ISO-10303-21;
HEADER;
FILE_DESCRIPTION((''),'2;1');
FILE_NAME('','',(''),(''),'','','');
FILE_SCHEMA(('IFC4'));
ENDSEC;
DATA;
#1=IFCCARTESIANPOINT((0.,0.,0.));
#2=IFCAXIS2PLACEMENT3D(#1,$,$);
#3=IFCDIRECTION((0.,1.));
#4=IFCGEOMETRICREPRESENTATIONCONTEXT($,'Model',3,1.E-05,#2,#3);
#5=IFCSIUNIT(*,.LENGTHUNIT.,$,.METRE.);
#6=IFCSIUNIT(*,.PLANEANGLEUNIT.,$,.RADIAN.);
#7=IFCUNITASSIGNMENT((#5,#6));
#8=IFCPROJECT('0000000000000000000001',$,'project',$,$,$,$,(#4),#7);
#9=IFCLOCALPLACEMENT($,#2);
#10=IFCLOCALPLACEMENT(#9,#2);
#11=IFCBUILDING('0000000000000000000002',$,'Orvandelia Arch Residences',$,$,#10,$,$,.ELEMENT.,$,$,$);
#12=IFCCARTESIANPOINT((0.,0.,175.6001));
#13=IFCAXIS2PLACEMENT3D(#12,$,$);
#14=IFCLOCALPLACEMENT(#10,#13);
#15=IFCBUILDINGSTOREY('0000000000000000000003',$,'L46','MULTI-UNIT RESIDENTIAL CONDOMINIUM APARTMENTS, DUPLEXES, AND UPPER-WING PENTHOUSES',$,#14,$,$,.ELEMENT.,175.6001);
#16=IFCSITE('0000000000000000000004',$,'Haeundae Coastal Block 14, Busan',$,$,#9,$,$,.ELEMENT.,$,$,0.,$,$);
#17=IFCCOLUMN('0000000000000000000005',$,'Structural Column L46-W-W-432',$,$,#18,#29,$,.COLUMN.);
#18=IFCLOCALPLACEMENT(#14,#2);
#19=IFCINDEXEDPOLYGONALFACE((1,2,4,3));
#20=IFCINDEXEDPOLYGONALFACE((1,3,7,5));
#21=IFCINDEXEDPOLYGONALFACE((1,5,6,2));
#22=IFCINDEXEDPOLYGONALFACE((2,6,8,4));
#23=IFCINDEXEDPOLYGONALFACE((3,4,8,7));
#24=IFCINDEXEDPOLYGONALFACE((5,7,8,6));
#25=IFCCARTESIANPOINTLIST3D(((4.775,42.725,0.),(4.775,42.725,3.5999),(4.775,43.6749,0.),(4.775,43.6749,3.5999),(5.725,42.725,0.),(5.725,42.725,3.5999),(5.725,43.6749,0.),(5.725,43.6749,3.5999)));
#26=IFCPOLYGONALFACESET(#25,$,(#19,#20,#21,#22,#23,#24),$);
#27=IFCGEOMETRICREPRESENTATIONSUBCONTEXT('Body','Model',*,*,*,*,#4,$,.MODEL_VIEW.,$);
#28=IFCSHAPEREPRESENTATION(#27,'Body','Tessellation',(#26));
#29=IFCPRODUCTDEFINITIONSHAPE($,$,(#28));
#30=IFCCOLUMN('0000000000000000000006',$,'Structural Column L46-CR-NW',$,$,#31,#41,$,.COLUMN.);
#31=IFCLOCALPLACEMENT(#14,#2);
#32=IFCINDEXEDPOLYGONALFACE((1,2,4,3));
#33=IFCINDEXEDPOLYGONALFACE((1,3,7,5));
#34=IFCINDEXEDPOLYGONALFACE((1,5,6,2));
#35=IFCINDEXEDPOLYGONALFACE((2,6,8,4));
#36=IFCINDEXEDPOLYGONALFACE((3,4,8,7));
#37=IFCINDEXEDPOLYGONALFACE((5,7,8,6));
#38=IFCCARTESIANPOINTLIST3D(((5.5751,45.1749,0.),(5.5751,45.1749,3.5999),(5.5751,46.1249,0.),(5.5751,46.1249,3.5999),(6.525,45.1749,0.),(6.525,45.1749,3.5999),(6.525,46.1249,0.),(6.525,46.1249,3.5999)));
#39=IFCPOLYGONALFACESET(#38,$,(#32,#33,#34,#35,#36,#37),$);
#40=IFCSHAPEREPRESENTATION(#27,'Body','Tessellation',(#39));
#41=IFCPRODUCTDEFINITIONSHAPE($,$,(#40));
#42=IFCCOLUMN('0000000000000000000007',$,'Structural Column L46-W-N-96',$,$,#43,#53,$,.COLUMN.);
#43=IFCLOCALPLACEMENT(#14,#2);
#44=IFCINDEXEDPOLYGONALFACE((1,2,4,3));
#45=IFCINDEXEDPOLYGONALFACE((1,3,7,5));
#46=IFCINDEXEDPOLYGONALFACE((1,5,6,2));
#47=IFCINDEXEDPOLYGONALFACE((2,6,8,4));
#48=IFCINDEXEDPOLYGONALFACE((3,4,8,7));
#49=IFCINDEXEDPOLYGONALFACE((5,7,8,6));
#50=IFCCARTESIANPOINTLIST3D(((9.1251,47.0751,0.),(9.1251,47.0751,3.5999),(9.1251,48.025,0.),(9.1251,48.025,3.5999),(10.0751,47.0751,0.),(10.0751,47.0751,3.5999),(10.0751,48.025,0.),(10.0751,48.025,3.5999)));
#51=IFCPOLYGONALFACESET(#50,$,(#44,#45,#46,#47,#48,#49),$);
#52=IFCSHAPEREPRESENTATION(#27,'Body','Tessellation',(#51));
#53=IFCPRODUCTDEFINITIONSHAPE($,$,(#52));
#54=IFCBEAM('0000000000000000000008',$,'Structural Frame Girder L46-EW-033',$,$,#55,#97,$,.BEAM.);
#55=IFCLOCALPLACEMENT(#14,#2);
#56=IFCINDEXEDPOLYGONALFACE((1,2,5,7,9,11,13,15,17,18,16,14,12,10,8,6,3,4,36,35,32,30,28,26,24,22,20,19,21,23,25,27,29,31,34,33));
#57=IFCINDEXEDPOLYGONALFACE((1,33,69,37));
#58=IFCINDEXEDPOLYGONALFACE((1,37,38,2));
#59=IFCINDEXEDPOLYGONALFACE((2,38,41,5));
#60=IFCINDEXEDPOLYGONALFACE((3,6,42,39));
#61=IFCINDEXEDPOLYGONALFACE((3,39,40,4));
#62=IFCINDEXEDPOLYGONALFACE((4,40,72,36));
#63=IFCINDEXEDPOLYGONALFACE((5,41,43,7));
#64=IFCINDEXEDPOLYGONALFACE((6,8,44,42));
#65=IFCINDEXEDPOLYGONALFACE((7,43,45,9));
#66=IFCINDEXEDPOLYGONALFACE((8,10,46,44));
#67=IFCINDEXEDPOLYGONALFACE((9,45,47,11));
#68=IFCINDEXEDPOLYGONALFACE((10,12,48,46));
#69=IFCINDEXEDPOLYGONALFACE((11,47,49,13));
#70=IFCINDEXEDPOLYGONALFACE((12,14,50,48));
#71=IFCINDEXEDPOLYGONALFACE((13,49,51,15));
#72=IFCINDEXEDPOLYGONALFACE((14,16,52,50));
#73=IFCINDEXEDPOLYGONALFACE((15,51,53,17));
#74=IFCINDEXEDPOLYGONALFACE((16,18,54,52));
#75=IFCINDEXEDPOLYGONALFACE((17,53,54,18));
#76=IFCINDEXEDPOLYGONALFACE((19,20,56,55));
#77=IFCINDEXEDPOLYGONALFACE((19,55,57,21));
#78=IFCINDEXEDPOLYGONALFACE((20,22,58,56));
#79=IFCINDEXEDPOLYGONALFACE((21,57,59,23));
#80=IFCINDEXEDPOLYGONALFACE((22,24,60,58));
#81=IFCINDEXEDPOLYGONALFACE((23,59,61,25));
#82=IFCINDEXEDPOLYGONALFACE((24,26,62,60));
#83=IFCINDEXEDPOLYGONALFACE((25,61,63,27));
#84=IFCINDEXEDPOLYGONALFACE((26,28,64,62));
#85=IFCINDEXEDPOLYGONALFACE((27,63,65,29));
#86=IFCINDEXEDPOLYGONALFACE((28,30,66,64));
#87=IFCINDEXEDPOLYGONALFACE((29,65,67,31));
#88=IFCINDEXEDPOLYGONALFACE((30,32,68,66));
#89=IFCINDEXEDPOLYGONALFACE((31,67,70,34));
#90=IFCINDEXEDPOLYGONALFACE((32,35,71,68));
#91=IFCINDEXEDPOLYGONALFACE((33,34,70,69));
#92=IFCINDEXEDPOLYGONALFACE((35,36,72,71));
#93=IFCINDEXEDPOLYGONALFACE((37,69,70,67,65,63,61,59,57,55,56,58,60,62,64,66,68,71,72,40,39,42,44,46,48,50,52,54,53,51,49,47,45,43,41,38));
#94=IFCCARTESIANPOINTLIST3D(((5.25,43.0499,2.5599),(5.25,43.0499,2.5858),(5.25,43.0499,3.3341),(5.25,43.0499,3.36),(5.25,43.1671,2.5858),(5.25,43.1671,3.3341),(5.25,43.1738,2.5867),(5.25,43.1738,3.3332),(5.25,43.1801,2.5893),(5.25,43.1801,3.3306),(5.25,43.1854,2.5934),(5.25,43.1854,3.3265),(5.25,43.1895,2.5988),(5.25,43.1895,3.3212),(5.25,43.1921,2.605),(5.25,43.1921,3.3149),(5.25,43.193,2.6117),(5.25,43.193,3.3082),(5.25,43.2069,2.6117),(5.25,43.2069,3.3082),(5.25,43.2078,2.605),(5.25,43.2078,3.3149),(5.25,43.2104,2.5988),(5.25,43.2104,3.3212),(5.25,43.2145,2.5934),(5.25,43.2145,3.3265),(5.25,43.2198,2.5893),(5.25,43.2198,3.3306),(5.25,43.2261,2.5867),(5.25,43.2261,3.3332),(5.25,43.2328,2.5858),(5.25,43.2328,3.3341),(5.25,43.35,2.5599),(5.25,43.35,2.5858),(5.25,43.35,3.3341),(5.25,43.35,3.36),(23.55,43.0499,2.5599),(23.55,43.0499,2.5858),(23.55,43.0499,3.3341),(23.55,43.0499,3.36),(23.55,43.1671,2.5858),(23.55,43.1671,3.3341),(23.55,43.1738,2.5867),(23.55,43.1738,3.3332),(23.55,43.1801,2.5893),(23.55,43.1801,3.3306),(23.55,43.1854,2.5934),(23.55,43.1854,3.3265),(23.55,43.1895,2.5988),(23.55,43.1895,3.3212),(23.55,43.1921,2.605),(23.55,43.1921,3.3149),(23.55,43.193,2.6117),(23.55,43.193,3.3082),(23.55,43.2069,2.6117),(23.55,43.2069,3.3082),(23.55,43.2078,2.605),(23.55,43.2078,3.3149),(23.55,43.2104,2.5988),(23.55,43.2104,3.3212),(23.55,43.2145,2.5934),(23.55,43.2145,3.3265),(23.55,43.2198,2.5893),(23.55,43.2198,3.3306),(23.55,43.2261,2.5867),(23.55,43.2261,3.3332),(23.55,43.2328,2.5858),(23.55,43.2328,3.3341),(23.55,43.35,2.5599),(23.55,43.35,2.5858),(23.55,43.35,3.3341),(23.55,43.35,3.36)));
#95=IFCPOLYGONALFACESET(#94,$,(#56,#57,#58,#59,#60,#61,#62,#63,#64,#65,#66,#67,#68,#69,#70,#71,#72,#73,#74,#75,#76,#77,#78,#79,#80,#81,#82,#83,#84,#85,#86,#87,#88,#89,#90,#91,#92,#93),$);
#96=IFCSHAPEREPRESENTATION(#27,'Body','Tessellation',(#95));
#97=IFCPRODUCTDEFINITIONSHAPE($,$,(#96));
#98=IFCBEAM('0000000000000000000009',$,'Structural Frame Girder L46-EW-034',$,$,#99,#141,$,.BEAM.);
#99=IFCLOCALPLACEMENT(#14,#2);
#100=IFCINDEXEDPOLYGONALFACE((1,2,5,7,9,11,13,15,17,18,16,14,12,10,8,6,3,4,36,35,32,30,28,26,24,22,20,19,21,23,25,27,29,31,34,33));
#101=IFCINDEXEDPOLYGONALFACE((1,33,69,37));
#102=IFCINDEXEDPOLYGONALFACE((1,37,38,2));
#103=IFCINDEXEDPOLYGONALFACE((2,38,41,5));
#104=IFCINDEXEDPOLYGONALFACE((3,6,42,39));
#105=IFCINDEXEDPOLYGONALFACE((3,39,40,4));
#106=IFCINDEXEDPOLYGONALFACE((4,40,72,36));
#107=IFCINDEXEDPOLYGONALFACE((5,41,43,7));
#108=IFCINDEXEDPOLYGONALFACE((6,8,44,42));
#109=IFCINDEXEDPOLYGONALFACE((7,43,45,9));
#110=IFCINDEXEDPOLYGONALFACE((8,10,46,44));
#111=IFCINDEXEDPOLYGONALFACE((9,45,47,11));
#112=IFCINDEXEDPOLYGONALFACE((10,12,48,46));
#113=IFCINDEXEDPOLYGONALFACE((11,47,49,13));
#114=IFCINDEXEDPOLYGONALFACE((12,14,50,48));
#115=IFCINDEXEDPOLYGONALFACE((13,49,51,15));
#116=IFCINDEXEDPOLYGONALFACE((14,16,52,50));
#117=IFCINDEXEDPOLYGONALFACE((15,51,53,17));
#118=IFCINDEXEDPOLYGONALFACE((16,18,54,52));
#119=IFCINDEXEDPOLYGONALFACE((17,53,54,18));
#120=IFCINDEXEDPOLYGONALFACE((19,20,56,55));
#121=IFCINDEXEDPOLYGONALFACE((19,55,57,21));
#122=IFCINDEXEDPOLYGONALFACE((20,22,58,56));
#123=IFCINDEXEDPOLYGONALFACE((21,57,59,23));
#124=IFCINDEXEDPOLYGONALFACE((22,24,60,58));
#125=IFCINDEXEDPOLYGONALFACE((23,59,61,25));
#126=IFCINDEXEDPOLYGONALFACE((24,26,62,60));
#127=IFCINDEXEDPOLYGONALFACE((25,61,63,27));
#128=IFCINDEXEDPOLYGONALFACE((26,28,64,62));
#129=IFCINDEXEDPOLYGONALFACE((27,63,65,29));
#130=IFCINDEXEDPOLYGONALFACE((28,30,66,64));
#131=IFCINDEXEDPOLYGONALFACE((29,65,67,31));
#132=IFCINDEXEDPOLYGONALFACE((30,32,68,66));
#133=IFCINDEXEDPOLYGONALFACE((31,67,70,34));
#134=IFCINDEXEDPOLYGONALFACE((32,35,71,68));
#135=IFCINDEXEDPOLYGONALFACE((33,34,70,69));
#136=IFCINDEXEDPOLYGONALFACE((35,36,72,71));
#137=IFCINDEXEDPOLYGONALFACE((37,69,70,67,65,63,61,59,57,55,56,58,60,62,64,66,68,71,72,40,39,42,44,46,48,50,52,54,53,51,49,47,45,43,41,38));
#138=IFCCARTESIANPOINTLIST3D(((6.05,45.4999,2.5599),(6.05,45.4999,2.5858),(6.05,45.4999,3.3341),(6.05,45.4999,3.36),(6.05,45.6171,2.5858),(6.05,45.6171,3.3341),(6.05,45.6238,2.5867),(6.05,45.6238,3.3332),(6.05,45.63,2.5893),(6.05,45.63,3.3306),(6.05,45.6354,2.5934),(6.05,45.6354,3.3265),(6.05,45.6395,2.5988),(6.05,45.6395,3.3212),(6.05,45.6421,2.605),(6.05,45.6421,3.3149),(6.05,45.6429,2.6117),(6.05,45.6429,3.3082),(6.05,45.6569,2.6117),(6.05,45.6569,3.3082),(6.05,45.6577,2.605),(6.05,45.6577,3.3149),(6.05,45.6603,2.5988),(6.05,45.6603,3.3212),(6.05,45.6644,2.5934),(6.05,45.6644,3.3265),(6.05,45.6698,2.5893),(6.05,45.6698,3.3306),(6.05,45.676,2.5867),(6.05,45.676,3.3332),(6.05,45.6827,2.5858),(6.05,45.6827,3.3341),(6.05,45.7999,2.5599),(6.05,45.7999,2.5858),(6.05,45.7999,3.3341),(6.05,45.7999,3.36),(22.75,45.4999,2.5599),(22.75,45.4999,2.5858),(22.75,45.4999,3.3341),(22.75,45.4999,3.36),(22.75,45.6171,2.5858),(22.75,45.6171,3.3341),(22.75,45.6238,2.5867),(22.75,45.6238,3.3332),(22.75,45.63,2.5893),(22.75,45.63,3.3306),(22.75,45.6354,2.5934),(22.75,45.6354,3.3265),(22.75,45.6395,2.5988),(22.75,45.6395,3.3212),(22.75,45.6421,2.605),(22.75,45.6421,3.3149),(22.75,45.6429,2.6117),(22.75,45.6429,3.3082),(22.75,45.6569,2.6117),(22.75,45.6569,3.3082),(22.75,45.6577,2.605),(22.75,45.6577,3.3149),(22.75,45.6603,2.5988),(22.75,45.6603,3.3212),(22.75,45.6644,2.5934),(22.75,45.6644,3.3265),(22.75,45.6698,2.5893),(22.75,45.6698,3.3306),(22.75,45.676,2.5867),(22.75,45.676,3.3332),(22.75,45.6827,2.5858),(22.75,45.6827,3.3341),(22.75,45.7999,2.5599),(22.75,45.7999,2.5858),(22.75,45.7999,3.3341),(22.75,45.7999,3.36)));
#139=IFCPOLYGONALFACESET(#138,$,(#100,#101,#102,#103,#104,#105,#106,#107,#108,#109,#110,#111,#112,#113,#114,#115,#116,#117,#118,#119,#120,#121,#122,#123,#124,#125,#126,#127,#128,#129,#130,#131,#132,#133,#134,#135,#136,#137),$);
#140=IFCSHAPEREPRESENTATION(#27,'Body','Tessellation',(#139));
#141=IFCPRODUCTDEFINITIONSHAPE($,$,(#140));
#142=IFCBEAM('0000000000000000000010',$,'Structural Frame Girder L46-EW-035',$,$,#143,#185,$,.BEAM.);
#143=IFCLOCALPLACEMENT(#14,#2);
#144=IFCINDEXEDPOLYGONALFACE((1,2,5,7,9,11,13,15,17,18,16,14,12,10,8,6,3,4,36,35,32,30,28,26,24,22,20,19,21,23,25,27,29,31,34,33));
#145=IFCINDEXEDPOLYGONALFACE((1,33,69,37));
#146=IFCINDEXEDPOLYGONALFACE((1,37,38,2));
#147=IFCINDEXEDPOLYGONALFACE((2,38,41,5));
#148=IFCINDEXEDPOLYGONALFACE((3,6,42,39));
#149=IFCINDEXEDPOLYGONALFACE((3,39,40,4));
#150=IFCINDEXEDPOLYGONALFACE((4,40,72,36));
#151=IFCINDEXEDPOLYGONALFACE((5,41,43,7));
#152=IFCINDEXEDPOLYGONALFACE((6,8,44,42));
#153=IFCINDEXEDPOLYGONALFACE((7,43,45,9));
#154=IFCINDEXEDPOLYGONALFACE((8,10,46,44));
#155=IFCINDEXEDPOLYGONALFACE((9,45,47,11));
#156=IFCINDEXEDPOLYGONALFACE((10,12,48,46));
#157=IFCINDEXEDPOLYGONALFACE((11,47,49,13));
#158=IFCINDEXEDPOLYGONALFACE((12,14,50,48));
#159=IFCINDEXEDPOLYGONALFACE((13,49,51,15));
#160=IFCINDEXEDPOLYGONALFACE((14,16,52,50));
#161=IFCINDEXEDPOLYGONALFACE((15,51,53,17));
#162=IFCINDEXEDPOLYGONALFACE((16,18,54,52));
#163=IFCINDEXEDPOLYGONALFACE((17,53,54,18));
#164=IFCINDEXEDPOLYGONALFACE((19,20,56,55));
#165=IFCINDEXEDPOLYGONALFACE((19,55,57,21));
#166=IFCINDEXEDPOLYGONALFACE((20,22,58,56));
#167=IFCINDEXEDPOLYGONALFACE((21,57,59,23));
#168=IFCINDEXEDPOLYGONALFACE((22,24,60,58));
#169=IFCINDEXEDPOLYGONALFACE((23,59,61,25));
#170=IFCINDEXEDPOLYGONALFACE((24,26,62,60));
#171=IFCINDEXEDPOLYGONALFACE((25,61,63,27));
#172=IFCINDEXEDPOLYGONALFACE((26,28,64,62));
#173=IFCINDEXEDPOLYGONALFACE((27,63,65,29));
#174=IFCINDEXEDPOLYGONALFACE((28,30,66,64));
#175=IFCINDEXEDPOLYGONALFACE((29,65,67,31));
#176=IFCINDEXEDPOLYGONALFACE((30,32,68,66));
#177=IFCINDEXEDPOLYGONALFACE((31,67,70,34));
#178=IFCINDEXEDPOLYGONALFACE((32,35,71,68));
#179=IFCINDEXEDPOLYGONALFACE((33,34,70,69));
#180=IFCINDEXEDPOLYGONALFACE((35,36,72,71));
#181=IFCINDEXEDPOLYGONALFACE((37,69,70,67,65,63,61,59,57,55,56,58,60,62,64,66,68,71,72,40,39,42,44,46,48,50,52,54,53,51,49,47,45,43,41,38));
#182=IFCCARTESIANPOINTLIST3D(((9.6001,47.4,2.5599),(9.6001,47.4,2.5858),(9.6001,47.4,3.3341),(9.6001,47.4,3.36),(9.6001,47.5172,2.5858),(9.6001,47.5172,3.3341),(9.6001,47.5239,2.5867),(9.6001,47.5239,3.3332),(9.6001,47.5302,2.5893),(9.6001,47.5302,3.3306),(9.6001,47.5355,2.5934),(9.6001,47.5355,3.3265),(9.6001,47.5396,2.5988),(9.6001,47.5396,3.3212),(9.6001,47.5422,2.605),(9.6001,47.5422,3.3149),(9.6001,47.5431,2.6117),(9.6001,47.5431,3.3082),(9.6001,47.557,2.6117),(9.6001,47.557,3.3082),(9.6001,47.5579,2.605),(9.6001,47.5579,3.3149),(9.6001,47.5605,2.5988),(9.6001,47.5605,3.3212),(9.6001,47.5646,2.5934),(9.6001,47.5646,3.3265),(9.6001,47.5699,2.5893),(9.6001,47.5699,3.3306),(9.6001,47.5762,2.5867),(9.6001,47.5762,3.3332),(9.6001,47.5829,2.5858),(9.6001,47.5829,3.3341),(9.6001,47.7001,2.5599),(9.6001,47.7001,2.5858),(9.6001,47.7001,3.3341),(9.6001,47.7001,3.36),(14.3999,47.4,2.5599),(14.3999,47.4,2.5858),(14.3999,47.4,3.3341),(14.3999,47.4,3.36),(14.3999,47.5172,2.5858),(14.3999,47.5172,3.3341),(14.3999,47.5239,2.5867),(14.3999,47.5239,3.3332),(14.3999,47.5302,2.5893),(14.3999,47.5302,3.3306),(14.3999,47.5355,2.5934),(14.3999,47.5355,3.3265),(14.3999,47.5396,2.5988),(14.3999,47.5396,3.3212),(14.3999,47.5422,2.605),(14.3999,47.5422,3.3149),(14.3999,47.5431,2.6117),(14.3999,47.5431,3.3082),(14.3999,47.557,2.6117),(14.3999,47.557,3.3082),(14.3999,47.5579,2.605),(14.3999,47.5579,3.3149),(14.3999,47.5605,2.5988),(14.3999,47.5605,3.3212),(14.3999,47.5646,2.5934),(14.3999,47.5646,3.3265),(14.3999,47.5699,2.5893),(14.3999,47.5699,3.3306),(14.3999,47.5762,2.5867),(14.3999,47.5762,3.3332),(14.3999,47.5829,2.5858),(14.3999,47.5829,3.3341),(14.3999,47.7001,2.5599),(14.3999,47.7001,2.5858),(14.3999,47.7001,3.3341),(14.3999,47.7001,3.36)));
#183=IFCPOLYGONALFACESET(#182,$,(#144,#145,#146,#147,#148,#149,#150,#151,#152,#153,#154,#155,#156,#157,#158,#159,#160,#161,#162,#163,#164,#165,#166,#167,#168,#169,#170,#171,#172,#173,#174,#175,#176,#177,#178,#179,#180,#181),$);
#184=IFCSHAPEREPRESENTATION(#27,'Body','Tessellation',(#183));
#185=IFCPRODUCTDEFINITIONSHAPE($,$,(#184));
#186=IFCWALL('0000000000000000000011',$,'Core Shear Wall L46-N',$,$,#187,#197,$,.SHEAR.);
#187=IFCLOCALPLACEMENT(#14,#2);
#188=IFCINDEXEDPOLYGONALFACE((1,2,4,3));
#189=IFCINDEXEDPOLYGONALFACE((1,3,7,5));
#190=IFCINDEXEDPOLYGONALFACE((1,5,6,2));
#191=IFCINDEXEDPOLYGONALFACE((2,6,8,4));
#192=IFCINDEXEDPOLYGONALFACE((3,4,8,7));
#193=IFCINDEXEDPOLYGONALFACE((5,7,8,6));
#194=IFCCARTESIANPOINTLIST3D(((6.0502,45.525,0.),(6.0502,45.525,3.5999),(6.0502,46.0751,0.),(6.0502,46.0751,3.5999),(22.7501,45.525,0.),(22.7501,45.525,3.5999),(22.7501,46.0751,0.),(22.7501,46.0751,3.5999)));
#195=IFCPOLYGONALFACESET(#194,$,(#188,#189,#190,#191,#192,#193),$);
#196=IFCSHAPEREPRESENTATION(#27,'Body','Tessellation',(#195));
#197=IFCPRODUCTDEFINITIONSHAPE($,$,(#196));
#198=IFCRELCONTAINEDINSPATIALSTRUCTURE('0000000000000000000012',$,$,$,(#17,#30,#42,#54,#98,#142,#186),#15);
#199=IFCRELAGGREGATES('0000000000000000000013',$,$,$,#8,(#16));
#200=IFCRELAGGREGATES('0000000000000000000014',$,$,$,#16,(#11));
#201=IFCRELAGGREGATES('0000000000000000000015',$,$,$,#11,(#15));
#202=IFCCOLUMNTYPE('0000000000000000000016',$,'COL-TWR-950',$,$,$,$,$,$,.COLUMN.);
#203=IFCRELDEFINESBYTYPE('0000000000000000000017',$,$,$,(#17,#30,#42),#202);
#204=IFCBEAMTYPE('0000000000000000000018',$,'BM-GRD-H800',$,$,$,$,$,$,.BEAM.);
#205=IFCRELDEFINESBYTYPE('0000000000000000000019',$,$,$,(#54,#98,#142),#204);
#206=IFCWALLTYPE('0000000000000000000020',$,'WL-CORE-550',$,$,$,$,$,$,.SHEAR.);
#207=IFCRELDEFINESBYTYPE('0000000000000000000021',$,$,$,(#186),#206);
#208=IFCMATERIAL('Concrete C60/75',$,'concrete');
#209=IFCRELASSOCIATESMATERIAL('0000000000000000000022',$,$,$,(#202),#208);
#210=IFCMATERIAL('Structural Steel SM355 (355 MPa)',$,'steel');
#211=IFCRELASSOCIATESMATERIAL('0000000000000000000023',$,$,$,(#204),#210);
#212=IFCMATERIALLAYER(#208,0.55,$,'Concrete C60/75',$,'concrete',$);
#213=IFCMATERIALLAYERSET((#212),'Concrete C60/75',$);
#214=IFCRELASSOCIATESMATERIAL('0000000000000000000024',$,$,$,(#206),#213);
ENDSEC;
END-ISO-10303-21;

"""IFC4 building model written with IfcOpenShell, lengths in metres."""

from ifc_helpers import new_model, si_unit, direction, frame, frame_2d, origin, origin_2d, place, context, subcontext, project, spatial, rectangle, i_section, extrude, material, layer, layer_set, material_profile, profile_set, type_object, element, save


model = new_model("IFC4")

# Units and contexts
model_context = context("Model", 3, precision=1e-05, world=origin(), true_north=direction((0.0, 1.0)))
body_context = subcontext(model_context, "Body", "Model", "MODEL_VIEW")
ifc_project = project(units=[si_unit("LENGTHUNIT", "METRE"), si_unit("PLANEANGLEUNIT", "RADIAN")], contexts=[model_context])

# Site, building, storey
site_placement = place(None, origin())
site = spatial("IfcSite", under=ifc_project, at=site_placement, Name="Haeundae Coastal Block 14, Busan", CompositionType="ELEMENT", RefElevation=0.0)
building_placement = place(site_placement, origin())
building = spatial("IfcBuilding", under=site, at=building_placement, Name="Orvandelia Arch Residences", CompositionType="ELEMENT")
storey_placement = place(building_placement, frame((0.0, 0.0, 175.6001)))
storey = spatial("IfcBuildingStorey", under=building, at=storey_placement, Name="L46", Description="MULTI-UNIT RESIDENTIAL CONDOMINIUM APARTMENTS, DUPLEXES, AND UPPER-WING PENTHOUSES", CompositionType="ELEMENT", Elevation=175.6001)

# Columns
ifc_material_1 = material(Name="Concrete C60/75", Category="concrete")
ifc_material_profile_1 = material_profile(ifc_material_1, rectangle(XDim=0.95, YDim=0.95, at=origin_2d()), Name="Concrete C60/75", Category="concrete")
ifc_profile_set_1 = profile_set([ifc_material_profile_1], Name="Concrete C60/75")
column_type = type_object("IfcColumnType", Name="COL-TWR-950", PredefinedType="COLUMN", material=ifc_profile_set_1)
for number, where, z_axis, x_axis, name in (
    (1, (5.25, 43.2, 0.0), (0.0, 0.0, 1.0), (1.0, 0.0, 0.0), "Structural Column L46-W-W-432"),
    (2, (6.05, 45.6499, 0.0), (0.0, 0.0, 1.0), (1.0, 0.0, 0.0), "Structural Column L46-CR-NW"),
    (3, (9.6001, 47.55, 0.0), (0.0, 0.0, 1.0), (1.0, 0.0, 0.0), "Structural Column L46-W-N-96"),
):
    element("IfcColumn", number, at=place(storey_placement, frame(where, z_axis=z_axis, x_axis=x_axis)), inside=storey, type_object=column_type, Name=name, PredefinedType="COLUMN", context=body_context, shape_type="SweptSolid", body=[
        extrude(rectangle(XDim=0.95, YDim=0.95, at=origin_2d()), origin(), (0.0, 0.0, 1.0), 3.5999),
    ])

# Beams
ifc_material_2 = material(Name="Structural Steel SM355 (355 MPa)", Category="steel")
ifc_material_profile_2 = material_profile(ifc_material_2, i_section(OverallWidth=0.3, OverallDepth=0.8, WebThickness=0.0139, FlangeThickness=0.0259, FilletRadius=0.0259, at=origin_2d()), Name="Structural Steel SM355 (355 MPa)", Category="steel")
ifc_profile_set_2 = profile_set([ifc_material_profile_2], Name="Structural Steel SM355 (355 MPa)")
beam_type = type_object("IfcBeamType", Name="BM-GRD-H800", PredefinedType="BEAM", material=ifc_profile_set_2)
beam_1_placement = place(storey_placement, frame((5.25, 43.2, 2.96), z_axis=(1.0, 0.0, 0.0), x_axis=(0.0, 1.0, 0.0)))
element("IfcBeam", 4, at=beam_1_placement, inside=storey, type_object=beam_type, Name="Structural Frame Girder L46-EW-033", PredefinedType="BEAM", context=body_context, shape_type="SweptSolid", body=[
    extrude(i_section(OverallWidth=0.3, OverallDepth=0.8, WebThickness=0.0139, FlangeThickness=0.0259, FilletRadius=0.0259, at=origin_2d()), origin(), (0.0, 0.0, 1.0), 18.3),
])
beam_2_placement = place(storey_placement, frame((6.05, 45.6499, 2.96), z_axis=(1.0, 0.0, 0.0), x_axis=(0.0, 1.0, 0.0)))
element("IfcBeam", 5, at=beam_2_placement, inside=storey, type_object=beam_type, Name="Structural Frame Girder L46-EW-034", PredefinedType="BEAM", context=body_context, shape_type="SweptSolid", body=[
    extrude(i_section(OverallWidth=0.3, OverallDepth=0.8, WebThickness=0.0139, FlangeThickness=0.0259, FilletRadius=0.0259, at=origin_2d()), origin(), (0.0, 0.0, 1.0), 16.7),
])
beam_3_placement = place(storey_placement, frame((9.6001, 47.55, 2.96), z_axis=(1.0, 0.0, 0.0), x_axis=(0.0, 1.0, 0.0)))
element("IfcBeam", 6, at=beam_3_placement, inside=storey, type_object=beam_type, Name="Structural Frame Girder L46-EW-035", PredefinedType="BEAM", context=body_context, shape_type="SweptSolid", body=[
    extrude(i_section(OverallWidth=0.3, OverallDepth=0.8, WebThickness=0.0139, FlangeThickness=0.0259, FilletRadius=0.0259, at=origin_2d()), origin(), (0.0, 0.0, 1.0), 4.7998),
])

# Wall
ifc_layer_1 = layer(ifc_material_1, 0.55, Name="Concrete C60/75", Category="concrete")
ifc_layer_set_1 = layer_set([ifc_layer_1], Name="Concrete C60/75")
wall_type_1 = type_object("IfcWallType", Name="WL-CORE-550", PredefinedType="SHEAR", material=ifc_layer_set_1)
wall_1_placement = place(storey_placement, frame((6.05, 45.8, 0.0), z_axis=(0.0, 0.0, 1.0), x_axis=(1.0, 0.0, 0.0)))
element("IfcWall", 7, at=wall_1_placement, inside=storey, type_object=wall_type_1, Name="Core Shear Wall L46-N", PredefinedType="SHEAR", context=body_context, shape_type="SweptSolid", body=[
    extrude(rectangle(XDim=16.7, YDim=0.55, at=frame_2d((8.3501, 0.0))), origin(), (0.0, 0.0, 1.0), 3.5999),
])

save(model, "model.ifc")
